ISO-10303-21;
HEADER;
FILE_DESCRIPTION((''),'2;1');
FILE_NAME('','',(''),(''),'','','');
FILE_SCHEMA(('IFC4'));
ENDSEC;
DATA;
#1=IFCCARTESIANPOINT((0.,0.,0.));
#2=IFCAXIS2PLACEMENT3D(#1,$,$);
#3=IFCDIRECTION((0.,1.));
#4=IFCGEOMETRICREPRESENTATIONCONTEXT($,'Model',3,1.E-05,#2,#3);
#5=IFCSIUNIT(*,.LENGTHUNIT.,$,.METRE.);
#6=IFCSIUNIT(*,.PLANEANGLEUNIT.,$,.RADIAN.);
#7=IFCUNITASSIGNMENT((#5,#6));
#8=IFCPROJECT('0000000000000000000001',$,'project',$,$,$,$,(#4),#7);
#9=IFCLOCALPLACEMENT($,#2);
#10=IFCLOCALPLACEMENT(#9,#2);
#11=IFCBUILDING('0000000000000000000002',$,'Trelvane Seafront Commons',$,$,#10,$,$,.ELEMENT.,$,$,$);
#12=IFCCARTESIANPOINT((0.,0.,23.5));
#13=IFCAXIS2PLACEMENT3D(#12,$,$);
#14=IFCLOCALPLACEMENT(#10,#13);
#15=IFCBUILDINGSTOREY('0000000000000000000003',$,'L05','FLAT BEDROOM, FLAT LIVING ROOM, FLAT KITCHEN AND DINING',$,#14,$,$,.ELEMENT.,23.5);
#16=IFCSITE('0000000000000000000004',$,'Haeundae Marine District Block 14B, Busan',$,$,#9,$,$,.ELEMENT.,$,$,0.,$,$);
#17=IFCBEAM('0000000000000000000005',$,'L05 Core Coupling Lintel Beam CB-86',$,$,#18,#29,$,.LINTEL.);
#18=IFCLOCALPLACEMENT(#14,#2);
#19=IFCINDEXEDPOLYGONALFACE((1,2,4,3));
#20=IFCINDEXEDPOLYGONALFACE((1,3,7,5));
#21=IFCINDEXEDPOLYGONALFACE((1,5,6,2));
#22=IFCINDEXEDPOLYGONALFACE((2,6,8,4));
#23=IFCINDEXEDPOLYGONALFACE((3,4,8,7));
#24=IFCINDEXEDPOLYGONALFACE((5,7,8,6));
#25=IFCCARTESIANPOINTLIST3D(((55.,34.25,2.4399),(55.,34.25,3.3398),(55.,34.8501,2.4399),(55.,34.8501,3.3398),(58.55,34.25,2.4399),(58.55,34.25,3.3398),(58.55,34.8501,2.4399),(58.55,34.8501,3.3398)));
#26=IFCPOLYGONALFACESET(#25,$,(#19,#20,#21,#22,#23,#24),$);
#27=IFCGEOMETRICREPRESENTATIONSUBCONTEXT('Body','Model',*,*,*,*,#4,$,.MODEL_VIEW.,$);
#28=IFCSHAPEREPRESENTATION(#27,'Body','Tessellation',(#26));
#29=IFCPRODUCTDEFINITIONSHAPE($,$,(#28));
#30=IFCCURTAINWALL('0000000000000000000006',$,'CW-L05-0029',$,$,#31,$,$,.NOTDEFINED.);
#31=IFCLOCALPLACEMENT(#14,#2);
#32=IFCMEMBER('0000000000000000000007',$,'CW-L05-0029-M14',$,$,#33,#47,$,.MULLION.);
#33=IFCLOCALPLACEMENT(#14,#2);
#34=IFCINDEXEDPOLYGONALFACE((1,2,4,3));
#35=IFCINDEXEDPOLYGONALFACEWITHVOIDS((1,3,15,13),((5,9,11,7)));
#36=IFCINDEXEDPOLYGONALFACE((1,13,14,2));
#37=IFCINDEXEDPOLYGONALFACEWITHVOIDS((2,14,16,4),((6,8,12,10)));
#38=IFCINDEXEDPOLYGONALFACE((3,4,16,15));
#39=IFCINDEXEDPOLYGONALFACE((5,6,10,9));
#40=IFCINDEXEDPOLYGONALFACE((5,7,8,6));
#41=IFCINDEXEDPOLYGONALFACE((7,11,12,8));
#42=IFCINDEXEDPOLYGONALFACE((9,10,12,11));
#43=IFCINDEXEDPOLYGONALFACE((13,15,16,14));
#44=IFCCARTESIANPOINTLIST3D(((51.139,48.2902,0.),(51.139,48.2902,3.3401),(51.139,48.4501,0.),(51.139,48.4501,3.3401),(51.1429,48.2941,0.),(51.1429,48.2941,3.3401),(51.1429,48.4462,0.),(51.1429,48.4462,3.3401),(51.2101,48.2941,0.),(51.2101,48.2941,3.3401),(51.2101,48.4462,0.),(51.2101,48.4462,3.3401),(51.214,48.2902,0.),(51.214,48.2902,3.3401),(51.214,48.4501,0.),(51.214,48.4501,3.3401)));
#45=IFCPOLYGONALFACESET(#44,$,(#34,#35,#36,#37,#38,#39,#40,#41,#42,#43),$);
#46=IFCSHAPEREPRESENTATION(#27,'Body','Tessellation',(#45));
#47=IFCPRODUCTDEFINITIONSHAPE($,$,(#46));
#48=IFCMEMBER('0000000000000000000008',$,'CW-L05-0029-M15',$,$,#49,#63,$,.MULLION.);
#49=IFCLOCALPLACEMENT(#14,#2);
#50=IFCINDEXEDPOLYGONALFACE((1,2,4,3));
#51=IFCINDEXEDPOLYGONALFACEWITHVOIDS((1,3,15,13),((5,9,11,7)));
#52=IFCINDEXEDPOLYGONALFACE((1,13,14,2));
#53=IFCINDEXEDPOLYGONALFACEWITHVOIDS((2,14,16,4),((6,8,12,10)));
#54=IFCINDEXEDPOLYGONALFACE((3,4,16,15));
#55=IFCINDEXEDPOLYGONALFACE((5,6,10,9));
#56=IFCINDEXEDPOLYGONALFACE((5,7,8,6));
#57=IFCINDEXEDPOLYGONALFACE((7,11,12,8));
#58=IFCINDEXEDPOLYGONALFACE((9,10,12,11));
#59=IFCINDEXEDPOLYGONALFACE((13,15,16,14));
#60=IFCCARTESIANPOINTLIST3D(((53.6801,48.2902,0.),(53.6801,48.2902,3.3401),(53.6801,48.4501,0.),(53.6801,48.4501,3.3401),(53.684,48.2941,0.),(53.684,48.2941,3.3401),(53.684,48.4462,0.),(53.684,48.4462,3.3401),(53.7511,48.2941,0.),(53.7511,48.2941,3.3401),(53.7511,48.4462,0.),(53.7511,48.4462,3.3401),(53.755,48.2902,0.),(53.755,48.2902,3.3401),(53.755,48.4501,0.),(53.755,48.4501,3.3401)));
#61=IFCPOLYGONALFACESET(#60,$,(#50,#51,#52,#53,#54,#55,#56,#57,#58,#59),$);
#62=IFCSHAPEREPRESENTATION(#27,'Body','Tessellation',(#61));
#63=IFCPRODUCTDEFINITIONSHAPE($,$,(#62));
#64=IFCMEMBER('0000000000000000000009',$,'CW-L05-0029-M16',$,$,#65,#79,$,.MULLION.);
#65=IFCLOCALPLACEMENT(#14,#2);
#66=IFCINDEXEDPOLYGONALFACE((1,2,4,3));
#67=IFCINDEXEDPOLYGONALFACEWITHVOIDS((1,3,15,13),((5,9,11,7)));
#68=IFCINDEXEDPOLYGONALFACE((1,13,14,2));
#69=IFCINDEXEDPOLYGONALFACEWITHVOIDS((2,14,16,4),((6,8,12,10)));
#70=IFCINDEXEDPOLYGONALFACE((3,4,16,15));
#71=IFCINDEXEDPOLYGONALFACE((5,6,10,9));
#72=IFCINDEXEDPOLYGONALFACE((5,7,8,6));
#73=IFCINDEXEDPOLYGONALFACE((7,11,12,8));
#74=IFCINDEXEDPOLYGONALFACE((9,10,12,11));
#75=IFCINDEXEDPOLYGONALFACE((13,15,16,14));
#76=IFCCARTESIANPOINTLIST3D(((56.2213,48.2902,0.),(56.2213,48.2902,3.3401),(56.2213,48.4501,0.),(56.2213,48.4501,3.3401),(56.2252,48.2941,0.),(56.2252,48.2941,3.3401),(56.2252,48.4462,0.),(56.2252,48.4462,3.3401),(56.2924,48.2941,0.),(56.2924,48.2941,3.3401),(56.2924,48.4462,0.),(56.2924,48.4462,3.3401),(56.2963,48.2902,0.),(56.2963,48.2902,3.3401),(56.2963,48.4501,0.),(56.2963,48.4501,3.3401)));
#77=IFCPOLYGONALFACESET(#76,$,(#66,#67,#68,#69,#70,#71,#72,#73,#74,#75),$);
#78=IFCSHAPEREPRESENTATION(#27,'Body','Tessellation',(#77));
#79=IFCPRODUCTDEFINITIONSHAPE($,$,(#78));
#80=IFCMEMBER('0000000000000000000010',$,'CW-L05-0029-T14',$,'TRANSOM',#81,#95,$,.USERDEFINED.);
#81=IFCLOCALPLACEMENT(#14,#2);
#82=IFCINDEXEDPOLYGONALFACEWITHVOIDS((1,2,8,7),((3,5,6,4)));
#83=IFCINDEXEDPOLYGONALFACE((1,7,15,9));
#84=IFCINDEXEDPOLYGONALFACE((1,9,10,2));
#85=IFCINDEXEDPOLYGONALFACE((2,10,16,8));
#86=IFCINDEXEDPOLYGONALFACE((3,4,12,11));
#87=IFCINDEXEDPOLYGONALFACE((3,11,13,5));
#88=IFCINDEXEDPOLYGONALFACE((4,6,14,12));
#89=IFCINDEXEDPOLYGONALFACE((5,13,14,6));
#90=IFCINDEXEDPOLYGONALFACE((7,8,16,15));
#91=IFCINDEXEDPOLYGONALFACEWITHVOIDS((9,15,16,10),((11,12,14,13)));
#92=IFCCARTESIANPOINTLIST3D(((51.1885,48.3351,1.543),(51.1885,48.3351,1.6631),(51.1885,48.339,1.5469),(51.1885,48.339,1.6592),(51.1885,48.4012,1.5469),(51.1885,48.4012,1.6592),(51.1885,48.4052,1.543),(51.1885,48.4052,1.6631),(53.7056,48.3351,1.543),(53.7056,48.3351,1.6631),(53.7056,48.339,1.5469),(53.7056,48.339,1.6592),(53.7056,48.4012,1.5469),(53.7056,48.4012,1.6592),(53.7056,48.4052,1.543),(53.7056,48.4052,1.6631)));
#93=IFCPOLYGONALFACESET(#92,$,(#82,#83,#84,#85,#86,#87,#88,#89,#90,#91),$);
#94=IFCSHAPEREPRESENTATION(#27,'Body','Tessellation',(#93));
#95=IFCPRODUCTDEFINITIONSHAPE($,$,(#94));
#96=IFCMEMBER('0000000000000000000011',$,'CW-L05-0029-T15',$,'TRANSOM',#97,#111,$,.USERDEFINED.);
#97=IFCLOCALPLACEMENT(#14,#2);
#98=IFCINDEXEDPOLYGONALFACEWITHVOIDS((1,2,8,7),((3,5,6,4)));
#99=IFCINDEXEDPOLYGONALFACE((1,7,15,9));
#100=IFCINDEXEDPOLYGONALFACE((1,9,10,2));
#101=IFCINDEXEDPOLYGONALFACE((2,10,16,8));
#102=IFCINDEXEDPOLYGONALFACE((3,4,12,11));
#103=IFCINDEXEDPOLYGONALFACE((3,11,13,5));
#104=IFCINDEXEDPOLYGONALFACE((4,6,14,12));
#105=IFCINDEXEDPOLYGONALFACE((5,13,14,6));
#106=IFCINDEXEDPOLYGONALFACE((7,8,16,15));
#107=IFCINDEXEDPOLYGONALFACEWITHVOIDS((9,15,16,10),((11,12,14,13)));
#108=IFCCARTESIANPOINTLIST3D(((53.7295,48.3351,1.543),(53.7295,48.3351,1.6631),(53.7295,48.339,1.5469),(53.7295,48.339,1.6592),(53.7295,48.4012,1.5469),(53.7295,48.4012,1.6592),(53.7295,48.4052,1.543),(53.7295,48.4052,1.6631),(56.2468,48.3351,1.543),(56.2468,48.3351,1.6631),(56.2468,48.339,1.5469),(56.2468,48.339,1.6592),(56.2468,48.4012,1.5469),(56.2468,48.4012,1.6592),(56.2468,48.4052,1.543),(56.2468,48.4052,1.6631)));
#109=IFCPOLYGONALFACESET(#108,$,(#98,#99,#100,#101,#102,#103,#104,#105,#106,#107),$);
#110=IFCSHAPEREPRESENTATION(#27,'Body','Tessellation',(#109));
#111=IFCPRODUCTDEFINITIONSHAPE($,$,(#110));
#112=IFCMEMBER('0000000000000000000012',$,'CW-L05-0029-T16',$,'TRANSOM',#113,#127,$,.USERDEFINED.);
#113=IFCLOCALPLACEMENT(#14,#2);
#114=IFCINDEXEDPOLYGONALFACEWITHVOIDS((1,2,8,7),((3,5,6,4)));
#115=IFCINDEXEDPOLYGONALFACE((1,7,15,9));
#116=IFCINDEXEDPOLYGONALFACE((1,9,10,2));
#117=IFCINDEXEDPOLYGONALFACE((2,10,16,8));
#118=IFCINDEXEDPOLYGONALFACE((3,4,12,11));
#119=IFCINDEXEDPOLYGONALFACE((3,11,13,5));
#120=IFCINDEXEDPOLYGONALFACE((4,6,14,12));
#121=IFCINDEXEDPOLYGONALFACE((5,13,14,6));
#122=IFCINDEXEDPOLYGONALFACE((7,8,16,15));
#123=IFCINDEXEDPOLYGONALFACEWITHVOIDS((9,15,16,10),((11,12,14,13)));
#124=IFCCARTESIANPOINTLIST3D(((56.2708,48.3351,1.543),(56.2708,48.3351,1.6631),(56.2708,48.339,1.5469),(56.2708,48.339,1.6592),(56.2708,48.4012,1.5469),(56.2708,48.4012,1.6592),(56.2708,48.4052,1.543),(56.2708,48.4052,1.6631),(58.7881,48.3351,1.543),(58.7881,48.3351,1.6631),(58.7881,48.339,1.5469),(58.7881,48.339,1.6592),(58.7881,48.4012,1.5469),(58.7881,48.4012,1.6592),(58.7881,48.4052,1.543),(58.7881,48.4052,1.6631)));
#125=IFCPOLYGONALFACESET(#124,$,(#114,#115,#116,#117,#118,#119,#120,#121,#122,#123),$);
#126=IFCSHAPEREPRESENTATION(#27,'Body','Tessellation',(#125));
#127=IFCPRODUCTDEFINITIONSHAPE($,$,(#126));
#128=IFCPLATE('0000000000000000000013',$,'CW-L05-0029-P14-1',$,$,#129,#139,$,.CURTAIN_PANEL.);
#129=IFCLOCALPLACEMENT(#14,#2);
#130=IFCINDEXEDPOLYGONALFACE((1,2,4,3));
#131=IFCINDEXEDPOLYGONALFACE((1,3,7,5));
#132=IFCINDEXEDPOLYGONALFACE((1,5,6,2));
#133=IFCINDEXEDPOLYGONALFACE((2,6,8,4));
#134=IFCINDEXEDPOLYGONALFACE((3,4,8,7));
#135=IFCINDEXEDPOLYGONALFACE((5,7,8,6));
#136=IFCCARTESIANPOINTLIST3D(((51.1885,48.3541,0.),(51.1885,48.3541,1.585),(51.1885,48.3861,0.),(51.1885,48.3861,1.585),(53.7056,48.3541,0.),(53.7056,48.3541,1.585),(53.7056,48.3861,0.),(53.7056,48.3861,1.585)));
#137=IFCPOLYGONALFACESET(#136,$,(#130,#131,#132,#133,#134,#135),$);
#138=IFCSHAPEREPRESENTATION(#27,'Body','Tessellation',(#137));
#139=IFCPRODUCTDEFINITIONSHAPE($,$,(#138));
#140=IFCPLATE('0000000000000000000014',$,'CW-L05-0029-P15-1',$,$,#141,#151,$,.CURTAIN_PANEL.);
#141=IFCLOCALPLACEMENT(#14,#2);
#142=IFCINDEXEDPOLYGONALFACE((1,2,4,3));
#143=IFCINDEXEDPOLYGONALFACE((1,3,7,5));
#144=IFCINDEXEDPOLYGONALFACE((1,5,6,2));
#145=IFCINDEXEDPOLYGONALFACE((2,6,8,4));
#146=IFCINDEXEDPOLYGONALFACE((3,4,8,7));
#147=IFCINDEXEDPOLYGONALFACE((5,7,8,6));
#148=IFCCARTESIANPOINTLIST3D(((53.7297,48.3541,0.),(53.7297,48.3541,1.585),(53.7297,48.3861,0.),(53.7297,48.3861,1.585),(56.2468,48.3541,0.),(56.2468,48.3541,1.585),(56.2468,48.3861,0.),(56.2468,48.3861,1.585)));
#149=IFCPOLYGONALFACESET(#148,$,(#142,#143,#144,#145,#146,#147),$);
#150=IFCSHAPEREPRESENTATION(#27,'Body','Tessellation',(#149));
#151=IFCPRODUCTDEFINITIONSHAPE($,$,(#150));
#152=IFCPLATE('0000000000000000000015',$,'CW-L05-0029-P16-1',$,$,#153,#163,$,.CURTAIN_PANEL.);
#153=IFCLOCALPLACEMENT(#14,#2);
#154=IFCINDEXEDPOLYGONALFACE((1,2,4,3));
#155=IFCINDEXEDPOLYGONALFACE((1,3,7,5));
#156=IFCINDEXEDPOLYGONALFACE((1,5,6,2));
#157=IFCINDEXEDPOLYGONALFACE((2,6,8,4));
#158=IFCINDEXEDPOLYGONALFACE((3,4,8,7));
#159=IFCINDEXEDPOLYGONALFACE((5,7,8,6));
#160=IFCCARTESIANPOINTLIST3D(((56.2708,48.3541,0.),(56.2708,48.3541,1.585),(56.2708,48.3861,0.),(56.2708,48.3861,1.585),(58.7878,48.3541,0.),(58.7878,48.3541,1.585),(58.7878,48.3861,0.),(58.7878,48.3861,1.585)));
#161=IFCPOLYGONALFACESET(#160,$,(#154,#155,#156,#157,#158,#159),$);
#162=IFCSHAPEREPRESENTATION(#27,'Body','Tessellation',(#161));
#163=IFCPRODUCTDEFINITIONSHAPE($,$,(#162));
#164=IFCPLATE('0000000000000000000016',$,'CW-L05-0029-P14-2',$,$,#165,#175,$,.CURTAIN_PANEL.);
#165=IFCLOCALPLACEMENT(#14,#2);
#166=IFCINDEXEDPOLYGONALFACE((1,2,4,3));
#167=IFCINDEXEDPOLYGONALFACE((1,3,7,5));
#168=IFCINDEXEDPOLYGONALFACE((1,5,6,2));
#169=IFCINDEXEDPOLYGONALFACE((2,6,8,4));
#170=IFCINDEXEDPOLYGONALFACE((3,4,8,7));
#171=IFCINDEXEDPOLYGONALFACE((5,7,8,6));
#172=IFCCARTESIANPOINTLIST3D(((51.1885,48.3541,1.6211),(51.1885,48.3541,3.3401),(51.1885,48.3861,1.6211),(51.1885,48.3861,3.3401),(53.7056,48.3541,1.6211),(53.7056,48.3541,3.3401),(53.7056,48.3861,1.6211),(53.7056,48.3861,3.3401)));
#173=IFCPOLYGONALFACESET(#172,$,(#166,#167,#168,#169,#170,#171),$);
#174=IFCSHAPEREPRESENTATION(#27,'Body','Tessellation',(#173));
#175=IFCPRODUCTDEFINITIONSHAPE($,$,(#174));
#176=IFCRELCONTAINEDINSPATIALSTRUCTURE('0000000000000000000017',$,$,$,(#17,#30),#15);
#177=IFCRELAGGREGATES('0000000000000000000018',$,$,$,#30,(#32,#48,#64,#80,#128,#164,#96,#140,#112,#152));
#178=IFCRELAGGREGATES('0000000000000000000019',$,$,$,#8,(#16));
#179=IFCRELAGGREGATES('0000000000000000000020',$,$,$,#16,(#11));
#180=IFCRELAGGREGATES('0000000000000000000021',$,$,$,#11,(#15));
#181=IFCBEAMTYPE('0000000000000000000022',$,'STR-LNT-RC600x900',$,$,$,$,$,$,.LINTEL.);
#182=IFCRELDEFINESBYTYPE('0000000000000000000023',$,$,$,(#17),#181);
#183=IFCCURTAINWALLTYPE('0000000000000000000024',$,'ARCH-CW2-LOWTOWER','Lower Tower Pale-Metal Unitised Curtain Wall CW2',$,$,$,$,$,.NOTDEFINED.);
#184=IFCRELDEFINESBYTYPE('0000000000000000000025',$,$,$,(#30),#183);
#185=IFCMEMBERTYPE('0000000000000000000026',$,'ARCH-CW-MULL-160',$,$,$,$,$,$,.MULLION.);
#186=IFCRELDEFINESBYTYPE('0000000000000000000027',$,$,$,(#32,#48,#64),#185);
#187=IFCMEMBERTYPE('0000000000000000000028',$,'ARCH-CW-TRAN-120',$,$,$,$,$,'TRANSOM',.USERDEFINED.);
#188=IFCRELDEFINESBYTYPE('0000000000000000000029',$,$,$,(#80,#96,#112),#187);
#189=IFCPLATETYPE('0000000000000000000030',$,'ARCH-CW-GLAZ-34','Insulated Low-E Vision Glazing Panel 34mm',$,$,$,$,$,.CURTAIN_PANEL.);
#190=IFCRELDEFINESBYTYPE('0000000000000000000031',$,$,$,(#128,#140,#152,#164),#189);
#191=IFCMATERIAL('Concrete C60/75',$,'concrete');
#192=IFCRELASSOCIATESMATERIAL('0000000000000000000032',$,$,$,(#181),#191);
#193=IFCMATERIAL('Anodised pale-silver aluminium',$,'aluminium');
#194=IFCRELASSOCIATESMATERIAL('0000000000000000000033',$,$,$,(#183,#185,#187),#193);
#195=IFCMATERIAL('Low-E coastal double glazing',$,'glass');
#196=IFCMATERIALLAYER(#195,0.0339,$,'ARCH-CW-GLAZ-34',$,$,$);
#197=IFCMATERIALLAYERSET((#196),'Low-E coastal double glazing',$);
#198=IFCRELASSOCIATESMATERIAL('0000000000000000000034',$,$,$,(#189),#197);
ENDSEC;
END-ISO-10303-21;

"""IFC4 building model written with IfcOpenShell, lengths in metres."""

from ifc_helpers import new_model, si_unit, direction, frame, origin, origin_2d, place, context, subcontext, project, spatial, rectangle, hollow_rectangle, extrude, source, transform, mapped, material, layer, layer_set, material_profile, profile_set, type_object, element, aggregate, save


model = new_model("IFC4")

# Units and contexts
model_context = context("Model", 3, precision=1e-05, world=origin(), true_north=direction((0.0, 1.0)))
body_context = subcontext(model_context, "Body", "Model", "MODEL_VIEW")
ifc_project = project(units=[si_unit("LENGTHUNIT", "METRE"), si_unit("PLANEANGLEUNIT", "RADIAN")], contexts=[model_context])

# Site, building, storey
site_placement = place(None, origin())
site = spatial("IfcSite", under=ifc_project, at=site_placement, Name="Haeundae Marine District Block 14B, Busan", CompositionType="ELEMENT", RefElevation=0.0)
building_placement = place(site_placement, origin())
building = spatial("IfcBuilding", under=site, at=building_placement, Name="Trelvane Seafront Commons", CompositionType="ELEMENT")
storey_placement = place(building_placement, frame((0.0, 0.0, 23.5)))
storey = spatial("IfcBuildingStorey", under=building, at=storey_placement, Name="L05", Description="FLAT BEDROOM, FLAT LIVING ROOM, FLAT KITCHEN AND DINING", CompositionType="ELEMENT", Elevation=23.5)

# Beam
ifc_material_1 = material(Name="Concrete C60/75", Category="concrete")
ifc_material_profile_1 = material_profile(ifc_material_1, rectangle(XDim=0.6001, YDim=0.8999, at=origin_2d()), Name="RC-600x900")
ifc_profile_set_1 = profile_set([ifc_material_profile_1], Name="Concrete C60/75")
beam_type = type_object("IfcBeamType", Name="STR-LNT-RC600x900", PredefinedType="LINTEL", material=ifc_profile_set_1)
shared_shape_1 = source(origin(), body_context, "Body", "SweptSolid", [
    extrude(rectangle(XDim=0.6001, YDim=0.8999, at=origin_2d()), origin(), (0.0, 0.0, 1.0), 3.55),
])
beam_placement = place(storey_placement, frame((55.0, 34.55, 2.8899), z_axis=(1.0, 0.0, 0.0), x_axis=(0.0, 1.0, 0.0)))
element("IfcBeam", 1, at=beam_placement, inside=storey, type_object=beam_type, Name="L05 Core Coupling Lintel Beam CB-86", PredefinedType="LINTEL", context=body_context, shape_type="MappedRepresentation", body=[
    mapped(shared_shape_1, transform((0.0, 0.0, 0.0), x_axis=(1.0, 0.0, 0.0), y_axis=(0.0, 1.0, 0.0), z_axis=(0.0, 0.0, 1.0), scale=1.0)),
])

# Curtain wall, members, plates
ifc_material_2 = material(Name="Anodised pale-silver aluminium", Category="aluminium")
curtain_wall_type = type_object("IfcCurtainWallType", Name="ARCH-CW2-LOWTOWER", Description="Lower Tower Pale-Metal Unitised Curtain Wall CW2", PredefinedType="NOTDEFINED", material=ifc_material_2)
curtain_wall_placement = place(storey_placement, origin())
curtain_wall = element("IfcCurtainWall", 2, at=curtain_wall_placement, inside=storey, type_object=curtain_wall_type, Name="CW-L05-0029", PredefinedType="NOTDEFINED")
ifc_material_profile_2 = material_profile(ifc_material_2, hollow_rectangle(XDim=0.075, YDim=0.1599, WallThickness=0.0039, at=origin_2d()), Name="MULL-75x160x4")
ifc_profile_set_2 = profile_set([ifc_material_profile_2], Name="Anodised pale-silver aluminium")
member_type_1 = type_object("IfcMemberType", Name="ARCH-CW-MULL-160", PredefinedType="MULLION", material=ifc_profile_set_2)
shared_shape_2 = source(origin(), body_context, "Body", "SweptSolid", [
    extrude(hollow_rectangle(XDim=0.075, YDim=0.1599, WallThickness=0.0039, at=origin_2d()), origin(), (0.0, 0.0, 1.0), 3.3401),
])
member_1_placement = place(storey_placement, frame((51.1765, 48.3701, 0.0), z_axis=(0.0, 0.0, 1.0), x_axis=(1.0, 0.0, 0.0)))
member_1 = element("IfcMember", 3, at=member_1_placement, type_object=member_type_1, Name="CW-L05-0029-M14", PredefinedType="MULLION", context=body_context, shape_type="MappedRepresentation", body=[
    mapped(shared_shape_2, transform((0.0, 0.0, 0.0), x_axis=(1.0, 0.0, 0.0), y_axis=(0.0, 1.0, 0.0), z_axis=(0.0, 0.0, 1.0), scale=1.0)),
])
member_2_placement = place(storey_placement, frame((53.7175, 48.3701, 0.0), z_axis=(0.0, 0.0, 1.0), x_axis=(1.0, 0.0, 0.0)))
member_2 = element("IfcMember", 4, at=member_2_placement, type_object=member_type_1, Name="CW-L05-0029-M15", PredefinedType="MULLION", context=body_context, shape_type="MappedRepresentation", body=[
    mapped(shared_shape_2, transform((0.0, 0.0, 0.0), x_axis=(1.0, 0.0, 0.0), y_axis=(0.0, 1.0, 0.0), z_axis=(0.0, 0.0, 1.0), scale=1.0)),
])
member_3_placement = place(storey_placement, frame((56.2588, 48.3701, 0.0), z_axis=(0.0, 0.0, 1.0), x_axis=(1.0, 0.0, 0.0)))
member_3 = element("IfcMember", 5, at=member_3_placement, type_object=member_type_1, Name="CW-L05-0029-M16", PredefinedType="MULLION", context=body_context, shape_type="MappedRepresentation", body=[
    mapped(shared_shape_2, transform((0.0, 0.0, 0.0), x_axis=(1.0, 0.0, 0.0), y_axis=(0.0, 1.0, 0.0), z_axis=(0.0, 0.0, 1.0), scale=1.0)),
])
ifc_material_profile_3 = material_profile(ifc_material_2, hollow_rectangle(XDim=0.0701, YDim=0.1201, WallThickness=0.0039, at=origin_2d()), Name="TRAN-70x120x4")
ifc_profile_set_3 = profile_set([ifc_material_profile_3], Name="Anodised pale-silver aluminium")
member_type_2 = type_object("IfcMemberType", Name="ARCH-CW-TRAN-120", ElementType="TRANSOM", PredefinedType="USERDEFINED", material=ifc_profile_set_3)
shared_shape_3 = source(origin(), body_context, "Body", "SweptSolid", [
    extrude(hollow_rectangle(XDim=0.0701, YDim=0.1201, WallThickness=0.0039, at=origin_2d()), origin(), (0.0, 0.0, 1.0), 2.5171),
])
member_4_placement = place(storey_placement, frame((51.1885, 48.3701, 1.603), z_axis=(1.0, 0.0, 0.0), x_axis=(0.0, 1.0, 0.0)))
member_4 = element("IfcMember", 6, at=member_4_placement, type_object=member_type_2, Name="CW-L05-0029-T14", ObjectType="TRANSOM", PredefinedType="USERDEFINED", context=body_context, shape_type="MappedRepresentation", body=[
    mapped(shared_shape_3, transform((0.0, 0.0, 0.0), x_axis=(1.0, 0.0, 0.0), y_axis=(0.0, 1.0, 0.0), z_axis=(0.0, 0.0, 1.0), scale=1.0)),
])
shared_shape_4 = source(origin(), body_context, "Body", "SweptSolid", [
    extrude(hollow_rectangle(XDim=0.0701, YDim=0.1201, WallThickness=0.0039, at=origin_2d()), origin(), (0.0, 0.0, 1.0), 2.5173),
])
member_5_placement = place(storey_placement, frame((53.7295, 48.3701, 1.603), z_axis=(1.0, 0.0, 0.0), x_axis=(0.0, 1.0, 0.0)))
member_5 = element("IfcMember", 7, at=member_5_placement, type_object=member_type_2, Name="CW-L05-0029-T15", ObjectType="TRANSOM", PredefinedType="USERDEFINED", context=body_context, shape_type="MappedRepresentation", body=[
    mapped(shared_shape_4, transform((0.0, 0.0, 0.0), x_axis=(1.0, 0.0, 0.0), y_axis=(0.0, 1.0, 0.0), z_axis=(0.0, 0.0, 1.0), scale=1.0)),
])
member_6_placement = place(storey_placement, frame((56.2708, 48.3701, 1.603), z_axis=(1.0, 0.0, 0.0), x_axis=(0.0, 1.0, 0.0)))
member_6 = element("IfcMember", 8, at=member_6_placement, type_object=member_type_2, Name="CW-L05-0029-T16", ObjectType="TRANSOM", PredefinedType="USERDEFINED", context=body_context, shape_type="MappedRepresentation", body=[
    mapped(shared_shape_4, transform((0.0, 0.0, 0.0), x_axis=(1.0, 0.0, 0.0), y_axis=(0.0, 1.0, 0.0), z_axis=(0.0, 0.0, 1.0), scale=1.0)),
])
ifc_material_3 = material(Name="Low-E coastal double glazing", Category="glass")
ifc_layer_1 = layer(ifc_material_3, 0.0339, Name="ARCH-CW-GLAZ-34")
ifc_layer_set_1 = layer_set([ifc_layer_1], Name="Low-E coastal double glazing")
plate_type_1 = type_object("IfcPlateType", Name="ARCH-CW-GLAZ-34", Description="Insulated Low-E Vision Glazing Panel 34mm", PredefinedType="CURTAIN_PANEL", material=ifc_layer_set_1)
shared_shape_5 = source(origin(), body_context, "Body", "SweptSolid", [
    extrude(rectangle(XDim=2.5171, YDim=0.032, at=origin_2d()), origin(), (0.0, 0.0, 1.0), 1.585),
])
plate_1_placement = place(storey_placement, frame((52.447, 48.3701, 0.0), z_axis=(0.0, 0.0, 1.0), x_axis=(1.0, 0.0, 0.0)))
plate_1 = element("IfcPlate", 9, at=plate_1_placement, type_object=plate_type_1, Name="CW-L05-0029-P14-1", PredefinedType="CURTAIN_PANEL", context=body_context, shape_type="MappedRepresentation", body=[
    mapped(shared_shape_5, transform((0.0, 0.0, 0.0), x_axis=(1.0, 0.0, 0.0), y_axis=(0.0, 1.0, 0.0), z_axis=(0.0, 0.0, 1.0), scale=1.0)),
])
plate_2_placement = place(storey_placement, frame((54.9883, 48.3701, 0.0), z_axis=(0.0, 0.0, 1.0), x_axis=(1.0, 0.0, 0.0)))
plate_2 = element("IfcPlate", 10, at=plate_2_placement, type_object=plate_type_1, Name="CW-L05-0029-P15-1", PredefinedType="CURTAIN_PANEL", context=body_context, shape_type="MappedRepresentation", body=[
    mapped(shared_shape_5, transform((0.0, 0.0, 0.0), x_axis=(1.0, 0.0, 0.0), y_axis=(0.0, 1.0, 0.0), z_axis=(0.0, 0.0, 1.0), scale=1.0)),
])
plate_3_placement = place(storey_placement, frame((57.5293, 48.3701, 0.0), z_axis=(0.0, 0.0, 1.0), x_axis=(1.0, 0.0, 0.0)))
plate_3 = element("IfcPlate", 11, at=plate_3_placement, type_object=plate_type_1, Name="CW-L05-0029-P16-1", PredefinedType="CURTAIN_PANEL", context=body_context, shape_type="MappedRepresentation", body=[
    mapped(shared_shape_5, transform((0.0, 0.0, 0.0), x_axis=(1.0, 0.0, 0.0), y_axis=(0.0, 1.0, 0.0), z_axis=(0.0, 0.0, 1.0), scale=1.0)),
])
shared_shape_6 = source(origin(), body_context, "Body", "SweptSolid", [
    extrude(rectangle(XDim=2.5171, YDim=0.032, at=origin_2d()), origin(), (0.0, 0.0, 1.0), 1.719),
])
plate_4_placement = place(storey_placement, frame((52.447, 48.3701, 1.6211), z_axis=(0.0, 0.0, 1.0), x_axis=(1.0, 0.0, 0.0)))
plate_4 = element("IfcPlate", 12, at=plate_4_placement, type_object=plate_type_1, Name="CW-L05-0029-P14-2", PredefinedType="CURTAIN_PANEL", context=body_context, shape_type="MappedRepresentation", body=[
    mapped(shared_shape_6, transform((0.0, 0.0, 0.0), x_axis=(1.0, 0.0, 0.0), y_axis=(0.0, 1.0, 0.0), z_axis=(0.0, 0.0, 1.0), scale=1.0)),
])
aggregate(curtain_wall, [member_1, member_2, member_3, member_4, plate_1, plate_4, member_5, plate_2, member_6, plate_3])

save(model, "model.ifc")
